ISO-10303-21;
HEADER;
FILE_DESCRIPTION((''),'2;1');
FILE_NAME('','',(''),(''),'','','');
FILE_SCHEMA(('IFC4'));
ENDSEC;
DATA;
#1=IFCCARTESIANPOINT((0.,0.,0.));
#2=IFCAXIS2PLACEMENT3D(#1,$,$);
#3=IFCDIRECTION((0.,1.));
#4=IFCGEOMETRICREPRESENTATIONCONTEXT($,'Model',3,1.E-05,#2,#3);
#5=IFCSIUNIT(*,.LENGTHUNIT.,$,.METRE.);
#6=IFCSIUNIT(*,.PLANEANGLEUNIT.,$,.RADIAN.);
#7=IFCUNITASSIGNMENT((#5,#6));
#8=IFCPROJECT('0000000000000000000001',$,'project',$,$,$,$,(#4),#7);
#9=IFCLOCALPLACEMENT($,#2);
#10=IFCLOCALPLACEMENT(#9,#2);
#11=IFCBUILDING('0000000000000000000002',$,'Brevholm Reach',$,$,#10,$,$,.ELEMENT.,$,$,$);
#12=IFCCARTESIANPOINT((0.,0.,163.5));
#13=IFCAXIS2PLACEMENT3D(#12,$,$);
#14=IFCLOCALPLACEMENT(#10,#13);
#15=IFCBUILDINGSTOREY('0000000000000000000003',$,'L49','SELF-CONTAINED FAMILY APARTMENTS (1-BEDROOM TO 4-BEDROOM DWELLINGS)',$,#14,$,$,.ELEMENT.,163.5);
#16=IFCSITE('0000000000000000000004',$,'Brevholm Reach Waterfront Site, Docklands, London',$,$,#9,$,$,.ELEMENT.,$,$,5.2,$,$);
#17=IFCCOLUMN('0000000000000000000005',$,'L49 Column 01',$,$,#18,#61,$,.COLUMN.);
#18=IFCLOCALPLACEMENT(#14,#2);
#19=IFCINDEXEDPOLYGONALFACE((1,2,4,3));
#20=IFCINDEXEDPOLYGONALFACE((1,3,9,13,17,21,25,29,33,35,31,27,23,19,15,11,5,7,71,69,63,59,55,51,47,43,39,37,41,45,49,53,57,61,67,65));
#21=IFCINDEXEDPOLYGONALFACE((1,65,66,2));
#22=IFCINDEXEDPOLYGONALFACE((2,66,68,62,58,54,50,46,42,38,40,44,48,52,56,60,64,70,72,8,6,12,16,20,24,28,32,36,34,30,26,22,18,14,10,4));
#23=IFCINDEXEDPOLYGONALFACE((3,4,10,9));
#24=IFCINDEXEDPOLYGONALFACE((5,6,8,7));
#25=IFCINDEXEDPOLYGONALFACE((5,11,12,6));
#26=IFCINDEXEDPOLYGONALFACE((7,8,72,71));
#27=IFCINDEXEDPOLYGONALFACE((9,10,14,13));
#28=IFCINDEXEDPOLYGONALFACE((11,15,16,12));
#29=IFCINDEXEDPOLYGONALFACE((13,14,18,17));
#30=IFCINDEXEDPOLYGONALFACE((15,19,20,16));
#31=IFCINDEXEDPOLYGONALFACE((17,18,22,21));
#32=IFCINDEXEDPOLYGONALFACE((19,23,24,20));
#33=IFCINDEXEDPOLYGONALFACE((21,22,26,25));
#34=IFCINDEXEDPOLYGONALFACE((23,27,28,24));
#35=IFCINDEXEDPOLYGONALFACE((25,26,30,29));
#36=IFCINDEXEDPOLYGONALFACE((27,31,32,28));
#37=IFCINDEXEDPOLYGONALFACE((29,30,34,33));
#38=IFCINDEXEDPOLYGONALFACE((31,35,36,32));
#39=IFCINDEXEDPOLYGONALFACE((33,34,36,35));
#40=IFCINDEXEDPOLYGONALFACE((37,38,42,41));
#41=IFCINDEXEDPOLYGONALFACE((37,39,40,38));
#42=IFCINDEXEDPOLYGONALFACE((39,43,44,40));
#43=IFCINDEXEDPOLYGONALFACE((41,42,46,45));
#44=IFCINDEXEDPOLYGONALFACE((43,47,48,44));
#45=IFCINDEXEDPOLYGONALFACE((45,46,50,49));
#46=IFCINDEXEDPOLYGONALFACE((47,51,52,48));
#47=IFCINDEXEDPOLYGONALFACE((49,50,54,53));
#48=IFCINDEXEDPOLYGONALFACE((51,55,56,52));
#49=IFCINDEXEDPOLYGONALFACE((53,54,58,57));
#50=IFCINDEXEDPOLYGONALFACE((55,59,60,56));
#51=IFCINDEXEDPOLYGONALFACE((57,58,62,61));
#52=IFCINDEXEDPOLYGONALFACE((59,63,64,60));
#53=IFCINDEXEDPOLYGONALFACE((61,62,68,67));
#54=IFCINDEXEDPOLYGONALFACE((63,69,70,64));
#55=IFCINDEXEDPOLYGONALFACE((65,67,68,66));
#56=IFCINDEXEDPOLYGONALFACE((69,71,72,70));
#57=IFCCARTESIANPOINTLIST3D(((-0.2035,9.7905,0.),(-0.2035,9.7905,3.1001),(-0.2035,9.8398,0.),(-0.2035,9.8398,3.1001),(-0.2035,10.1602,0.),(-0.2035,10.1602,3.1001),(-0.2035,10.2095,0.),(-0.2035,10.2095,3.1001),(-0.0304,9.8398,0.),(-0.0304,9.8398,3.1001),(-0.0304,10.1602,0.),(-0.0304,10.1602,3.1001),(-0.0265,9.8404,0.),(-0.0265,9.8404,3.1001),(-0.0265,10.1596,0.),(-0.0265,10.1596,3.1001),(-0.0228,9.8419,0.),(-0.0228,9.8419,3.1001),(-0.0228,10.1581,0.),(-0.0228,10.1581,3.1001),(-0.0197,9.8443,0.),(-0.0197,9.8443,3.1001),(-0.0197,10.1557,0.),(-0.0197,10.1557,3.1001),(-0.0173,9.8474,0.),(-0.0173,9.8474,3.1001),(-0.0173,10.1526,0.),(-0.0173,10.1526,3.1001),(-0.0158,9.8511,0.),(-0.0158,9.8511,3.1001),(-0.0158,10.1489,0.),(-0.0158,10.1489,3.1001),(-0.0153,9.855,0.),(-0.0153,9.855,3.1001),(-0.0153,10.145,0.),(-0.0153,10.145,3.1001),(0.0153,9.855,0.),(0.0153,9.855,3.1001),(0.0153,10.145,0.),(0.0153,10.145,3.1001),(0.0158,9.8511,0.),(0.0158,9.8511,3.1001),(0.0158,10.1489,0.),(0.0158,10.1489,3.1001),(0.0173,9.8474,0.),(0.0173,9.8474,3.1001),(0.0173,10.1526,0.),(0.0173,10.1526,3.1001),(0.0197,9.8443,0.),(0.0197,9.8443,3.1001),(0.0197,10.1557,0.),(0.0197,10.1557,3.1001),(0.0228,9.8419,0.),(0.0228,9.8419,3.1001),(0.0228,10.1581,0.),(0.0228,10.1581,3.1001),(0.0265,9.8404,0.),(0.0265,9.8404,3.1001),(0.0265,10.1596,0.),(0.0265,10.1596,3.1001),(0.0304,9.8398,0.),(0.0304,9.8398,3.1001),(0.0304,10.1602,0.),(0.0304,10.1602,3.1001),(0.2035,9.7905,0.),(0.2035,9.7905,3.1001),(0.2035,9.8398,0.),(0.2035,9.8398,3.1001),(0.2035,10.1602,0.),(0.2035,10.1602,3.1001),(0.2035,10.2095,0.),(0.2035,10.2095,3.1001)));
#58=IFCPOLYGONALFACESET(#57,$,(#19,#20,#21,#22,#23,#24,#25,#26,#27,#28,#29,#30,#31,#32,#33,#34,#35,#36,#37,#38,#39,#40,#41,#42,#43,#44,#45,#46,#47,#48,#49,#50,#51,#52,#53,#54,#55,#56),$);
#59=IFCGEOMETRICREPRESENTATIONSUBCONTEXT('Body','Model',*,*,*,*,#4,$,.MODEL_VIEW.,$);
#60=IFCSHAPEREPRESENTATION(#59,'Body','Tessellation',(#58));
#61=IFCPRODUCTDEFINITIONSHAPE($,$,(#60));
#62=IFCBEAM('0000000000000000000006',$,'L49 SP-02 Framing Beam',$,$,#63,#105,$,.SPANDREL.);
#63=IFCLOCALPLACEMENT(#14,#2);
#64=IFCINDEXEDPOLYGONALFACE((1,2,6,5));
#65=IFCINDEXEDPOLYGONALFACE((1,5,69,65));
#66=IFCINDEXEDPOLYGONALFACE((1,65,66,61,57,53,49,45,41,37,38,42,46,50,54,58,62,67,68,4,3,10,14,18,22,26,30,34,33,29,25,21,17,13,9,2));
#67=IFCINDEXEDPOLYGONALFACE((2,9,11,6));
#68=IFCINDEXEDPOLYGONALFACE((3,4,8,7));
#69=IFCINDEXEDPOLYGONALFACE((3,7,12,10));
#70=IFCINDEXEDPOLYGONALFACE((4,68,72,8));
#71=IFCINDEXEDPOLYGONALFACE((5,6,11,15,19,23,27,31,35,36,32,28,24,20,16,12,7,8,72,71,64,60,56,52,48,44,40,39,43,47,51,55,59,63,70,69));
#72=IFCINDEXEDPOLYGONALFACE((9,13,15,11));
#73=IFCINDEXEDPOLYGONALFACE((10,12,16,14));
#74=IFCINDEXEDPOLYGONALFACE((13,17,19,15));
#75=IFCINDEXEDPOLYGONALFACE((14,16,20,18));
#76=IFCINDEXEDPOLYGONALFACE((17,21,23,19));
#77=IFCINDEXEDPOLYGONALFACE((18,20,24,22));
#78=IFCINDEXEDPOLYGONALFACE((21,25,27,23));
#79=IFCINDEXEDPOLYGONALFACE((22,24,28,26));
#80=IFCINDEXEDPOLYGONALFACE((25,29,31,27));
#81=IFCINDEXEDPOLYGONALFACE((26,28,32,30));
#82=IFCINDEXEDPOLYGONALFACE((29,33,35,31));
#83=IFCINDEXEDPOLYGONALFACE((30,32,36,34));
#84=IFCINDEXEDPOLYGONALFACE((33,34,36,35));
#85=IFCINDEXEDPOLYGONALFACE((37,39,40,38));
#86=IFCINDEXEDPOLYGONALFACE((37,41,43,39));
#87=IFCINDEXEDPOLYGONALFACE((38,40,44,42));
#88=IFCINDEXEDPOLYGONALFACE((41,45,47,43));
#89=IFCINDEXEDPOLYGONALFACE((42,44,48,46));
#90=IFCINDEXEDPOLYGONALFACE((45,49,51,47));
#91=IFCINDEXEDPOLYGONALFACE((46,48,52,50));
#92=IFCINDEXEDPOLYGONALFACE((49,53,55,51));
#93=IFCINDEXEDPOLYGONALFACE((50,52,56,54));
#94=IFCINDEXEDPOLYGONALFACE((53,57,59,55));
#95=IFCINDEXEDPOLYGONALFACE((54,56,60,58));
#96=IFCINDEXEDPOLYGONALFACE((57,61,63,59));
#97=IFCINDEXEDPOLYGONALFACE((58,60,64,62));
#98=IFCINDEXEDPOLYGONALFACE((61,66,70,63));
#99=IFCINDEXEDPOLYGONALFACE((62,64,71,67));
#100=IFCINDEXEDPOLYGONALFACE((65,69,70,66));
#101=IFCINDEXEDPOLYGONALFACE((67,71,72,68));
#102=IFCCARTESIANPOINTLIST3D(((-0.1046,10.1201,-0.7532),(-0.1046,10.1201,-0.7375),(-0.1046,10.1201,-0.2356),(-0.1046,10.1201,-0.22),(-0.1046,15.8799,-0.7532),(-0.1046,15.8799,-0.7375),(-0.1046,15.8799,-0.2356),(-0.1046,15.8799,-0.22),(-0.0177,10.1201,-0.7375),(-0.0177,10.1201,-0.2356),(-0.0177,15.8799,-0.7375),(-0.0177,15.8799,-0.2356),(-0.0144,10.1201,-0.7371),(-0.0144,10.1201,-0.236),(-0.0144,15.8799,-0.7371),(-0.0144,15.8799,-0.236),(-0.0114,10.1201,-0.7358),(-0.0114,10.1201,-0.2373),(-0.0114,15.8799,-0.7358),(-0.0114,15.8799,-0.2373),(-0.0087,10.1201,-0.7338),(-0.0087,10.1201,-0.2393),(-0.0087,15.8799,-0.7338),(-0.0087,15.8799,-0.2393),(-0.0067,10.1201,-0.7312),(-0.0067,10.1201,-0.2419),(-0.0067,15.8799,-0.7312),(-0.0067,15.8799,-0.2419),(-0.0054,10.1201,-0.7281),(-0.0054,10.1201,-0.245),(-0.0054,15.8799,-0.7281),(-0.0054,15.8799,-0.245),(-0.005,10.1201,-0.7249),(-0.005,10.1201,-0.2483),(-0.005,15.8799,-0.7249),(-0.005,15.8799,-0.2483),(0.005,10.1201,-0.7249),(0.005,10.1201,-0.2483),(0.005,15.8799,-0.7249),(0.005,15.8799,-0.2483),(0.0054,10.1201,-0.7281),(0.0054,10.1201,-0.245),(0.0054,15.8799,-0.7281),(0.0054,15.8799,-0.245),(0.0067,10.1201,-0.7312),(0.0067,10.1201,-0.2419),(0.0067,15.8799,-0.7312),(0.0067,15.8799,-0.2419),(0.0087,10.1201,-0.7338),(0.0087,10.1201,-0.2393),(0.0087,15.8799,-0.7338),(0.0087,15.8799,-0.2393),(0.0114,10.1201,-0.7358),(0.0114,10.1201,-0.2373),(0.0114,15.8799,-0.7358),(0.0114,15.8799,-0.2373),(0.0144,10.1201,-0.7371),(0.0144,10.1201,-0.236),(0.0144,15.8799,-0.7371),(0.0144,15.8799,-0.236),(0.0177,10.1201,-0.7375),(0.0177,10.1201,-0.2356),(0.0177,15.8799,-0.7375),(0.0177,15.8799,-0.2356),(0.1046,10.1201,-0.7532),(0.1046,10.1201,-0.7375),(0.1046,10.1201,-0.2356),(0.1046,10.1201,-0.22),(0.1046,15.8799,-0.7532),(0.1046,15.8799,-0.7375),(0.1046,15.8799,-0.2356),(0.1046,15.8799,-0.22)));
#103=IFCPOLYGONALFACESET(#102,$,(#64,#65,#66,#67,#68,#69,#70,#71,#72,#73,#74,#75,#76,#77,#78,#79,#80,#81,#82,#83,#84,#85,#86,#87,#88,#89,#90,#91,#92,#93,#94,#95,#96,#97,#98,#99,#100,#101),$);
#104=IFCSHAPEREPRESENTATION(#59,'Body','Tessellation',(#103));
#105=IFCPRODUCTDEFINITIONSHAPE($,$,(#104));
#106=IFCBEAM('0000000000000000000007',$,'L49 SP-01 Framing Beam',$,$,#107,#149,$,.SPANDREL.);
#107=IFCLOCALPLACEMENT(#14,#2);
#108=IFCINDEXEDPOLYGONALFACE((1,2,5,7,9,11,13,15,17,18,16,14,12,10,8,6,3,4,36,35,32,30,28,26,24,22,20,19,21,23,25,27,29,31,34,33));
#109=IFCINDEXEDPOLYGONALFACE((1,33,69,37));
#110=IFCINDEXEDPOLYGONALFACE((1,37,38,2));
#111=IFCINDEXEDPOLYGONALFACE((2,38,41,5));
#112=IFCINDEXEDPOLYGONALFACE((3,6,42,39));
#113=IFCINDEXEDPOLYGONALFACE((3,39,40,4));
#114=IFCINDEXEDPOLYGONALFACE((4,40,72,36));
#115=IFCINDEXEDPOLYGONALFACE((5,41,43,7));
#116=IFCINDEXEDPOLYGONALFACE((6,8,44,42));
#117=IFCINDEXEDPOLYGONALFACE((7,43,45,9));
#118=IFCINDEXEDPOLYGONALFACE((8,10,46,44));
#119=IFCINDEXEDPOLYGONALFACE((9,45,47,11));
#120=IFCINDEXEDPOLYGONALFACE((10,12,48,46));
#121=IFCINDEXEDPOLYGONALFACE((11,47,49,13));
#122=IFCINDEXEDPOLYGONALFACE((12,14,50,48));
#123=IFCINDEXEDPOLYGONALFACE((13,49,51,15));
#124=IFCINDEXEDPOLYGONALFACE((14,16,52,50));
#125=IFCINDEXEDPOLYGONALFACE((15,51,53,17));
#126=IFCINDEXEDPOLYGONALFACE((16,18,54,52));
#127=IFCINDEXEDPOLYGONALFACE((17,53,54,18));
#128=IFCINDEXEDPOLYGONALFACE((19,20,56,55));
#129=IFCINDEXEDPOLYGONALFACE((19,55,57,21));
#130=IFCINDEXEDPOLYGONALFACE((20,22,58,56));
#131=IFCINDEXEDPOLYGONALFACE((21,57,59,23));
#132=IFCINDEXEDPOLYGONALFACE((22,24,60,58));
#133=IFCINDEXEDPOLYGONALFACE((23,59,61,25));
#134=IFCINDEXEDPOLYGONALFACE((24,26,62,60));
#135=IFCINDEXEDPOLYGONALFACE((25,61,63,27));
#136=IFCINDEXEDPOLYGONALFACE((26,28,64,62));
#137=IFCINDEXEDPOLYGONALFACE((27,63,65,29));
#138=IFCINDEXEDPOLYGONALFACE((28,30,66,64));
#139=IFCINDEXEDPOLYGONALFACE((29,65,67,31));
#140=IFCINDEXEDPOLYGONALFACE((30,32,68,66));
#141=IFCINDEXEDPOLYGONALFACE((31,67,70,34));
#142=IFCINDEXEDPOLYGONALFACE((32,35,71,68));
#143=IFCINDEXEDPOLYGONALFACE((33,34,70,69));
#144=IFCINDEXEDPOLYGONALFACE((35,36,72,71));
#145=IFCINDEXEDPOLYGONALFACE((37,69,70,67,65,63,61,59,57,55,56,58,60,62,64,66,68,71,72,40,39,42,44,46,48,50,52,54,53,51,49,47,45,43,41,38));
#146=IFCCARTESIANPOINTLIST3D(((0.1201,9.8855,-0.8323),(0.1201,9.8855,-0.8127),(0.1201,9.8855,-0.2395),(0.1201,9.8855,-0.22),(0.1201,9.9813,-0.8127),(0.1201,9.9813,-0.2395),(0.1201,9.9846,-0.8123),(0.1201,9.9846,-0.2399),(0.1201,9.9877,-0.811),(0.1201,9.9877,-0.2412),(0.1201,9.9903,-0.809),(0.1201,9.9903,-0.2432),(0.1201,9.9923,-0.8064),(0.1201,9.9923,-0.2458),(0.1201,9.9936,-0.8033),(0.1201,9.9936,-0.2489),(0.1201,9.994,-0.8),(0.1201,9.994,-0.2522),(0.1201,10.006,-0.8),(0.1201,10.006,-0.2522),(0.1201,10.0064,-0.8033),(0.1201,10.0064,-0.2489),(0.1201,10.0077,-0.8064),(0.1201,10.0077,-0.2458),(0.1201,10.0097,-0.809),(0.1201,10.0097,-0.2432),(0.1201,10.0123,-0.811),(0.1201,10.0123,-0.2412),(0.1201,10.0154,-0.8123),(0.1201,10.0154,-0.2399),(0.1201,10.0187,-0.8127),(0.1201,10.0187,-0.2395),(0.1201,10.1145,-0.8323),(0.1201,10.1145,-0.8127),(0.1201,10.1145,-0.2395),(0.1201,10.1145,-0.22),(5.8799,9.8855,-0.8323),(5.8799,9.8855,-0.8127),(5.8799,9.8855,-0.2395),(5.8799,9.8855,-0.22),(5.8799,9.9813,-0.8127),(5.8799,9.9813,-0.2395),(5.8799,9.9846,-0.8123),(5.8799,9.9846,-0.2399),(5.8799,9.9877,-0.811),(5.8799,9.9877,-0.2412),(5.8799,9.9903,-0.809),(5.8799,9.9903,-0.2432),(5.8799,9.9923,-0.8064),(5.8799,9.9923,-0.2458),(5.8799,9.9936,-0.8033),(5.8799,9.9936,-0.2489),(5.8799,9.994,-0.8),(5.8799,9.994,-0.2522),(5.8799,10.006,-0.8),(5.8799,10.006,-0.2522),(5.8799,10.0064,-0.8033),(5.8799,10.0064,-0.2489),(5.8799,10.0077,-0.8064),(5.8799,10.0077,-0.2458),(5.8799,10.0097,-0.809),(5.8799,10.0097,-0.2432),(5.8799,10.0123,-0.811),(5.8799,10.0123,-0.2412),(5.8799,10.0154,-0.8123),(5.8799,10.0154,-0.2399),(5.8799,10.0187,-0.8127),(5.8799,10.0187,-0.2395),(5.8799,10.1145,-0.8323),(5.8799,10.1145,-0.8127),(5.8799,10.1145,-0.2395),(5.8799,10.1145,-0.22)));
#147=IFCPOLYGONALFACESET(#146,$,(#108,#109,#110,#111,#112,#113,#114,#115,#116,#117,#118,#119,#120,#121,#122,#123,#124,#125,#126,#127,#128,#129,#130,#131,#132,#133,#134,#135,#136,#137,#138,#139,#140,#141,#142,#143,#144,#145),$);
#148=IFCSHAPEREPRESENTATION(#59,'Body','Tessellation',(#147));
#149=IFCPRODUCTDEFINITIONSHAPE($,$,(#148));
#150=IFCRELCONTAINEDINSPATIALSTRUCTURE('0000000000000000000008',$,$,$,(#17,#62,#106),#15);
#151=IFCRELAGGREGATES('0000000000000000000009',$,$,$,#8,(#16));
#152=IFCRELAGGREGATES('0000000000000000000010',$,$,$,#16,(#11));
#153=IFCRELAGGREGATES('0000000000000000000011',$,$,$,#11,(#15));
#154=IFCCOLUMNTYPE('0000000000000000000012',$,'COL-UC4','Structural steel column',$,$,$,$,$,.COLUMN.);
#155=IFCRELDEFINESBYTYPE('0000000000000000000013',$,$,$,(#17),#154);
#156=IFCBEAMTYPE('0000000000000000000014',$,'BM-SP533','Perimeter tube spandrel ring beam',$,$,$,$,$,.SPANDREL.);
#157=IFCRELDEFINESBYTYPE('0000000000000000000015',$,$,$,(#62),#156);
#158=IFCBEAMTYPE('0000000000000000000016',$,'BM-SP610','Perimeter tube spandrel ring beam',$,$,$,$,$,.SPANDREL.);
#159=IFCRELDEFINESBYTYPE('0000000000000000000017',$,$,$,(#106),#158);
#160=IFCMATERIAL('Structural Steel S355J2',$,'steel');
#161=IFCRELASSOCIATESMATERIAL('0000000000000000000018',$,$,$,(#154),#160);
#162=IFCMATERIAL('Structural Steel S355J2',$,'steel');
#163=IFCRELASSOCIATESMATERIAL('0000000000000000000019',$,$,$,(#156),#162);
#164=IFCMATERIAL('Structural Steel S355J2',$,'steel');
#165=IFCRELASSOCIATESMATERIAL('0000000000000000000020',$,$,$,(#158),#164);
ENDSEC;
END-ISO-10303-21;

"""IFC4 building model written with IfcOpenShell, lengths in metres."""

from ifc_helpers import new_model, si_unit, direction, frame, origin, origin_2d, place, context, subcontext, project, spatial, i_section, extrude, material, material_profile, profile_set, type_object, element, save


model = new_model("IFC4")

# Units and contexts
model_context = context("Model", 3, precision=1e-05, world=origin(), true_north=direction((0.0, 1.0)))
body_context = subcontext(model_context, "Body", "Model", "MODEL_VIEW")
ifc_project = project(units=[si_unit("LENGTHUNIT", "METRE"), si_unit("PLANEANGLEUNIT", "RADIAN")], contexts=[model_context])

# Site, building, storey
site_placement = place(None, origin())
site = spatial("IfcSite", under=ifc_project, at=site_placement, Name="Brevholm Reach Waterfront Site, Docklands, London", CompositionType="ELEMENT", RefElevation=5.2)
building_placement = place(site_placement, origin())
building = spatial("IfcBuilding", under=site, at=building_placement, Name="Brevholm Reach", CompositionType="ELEMENT")
storey_placement = place(building_placement, frame((0.0, 0.0, 163.5)))
storey = spatial("IfcBuildingStorey", under=building, at=storey_placement, Name="L49", Description="SELF-CONTAINED FAMILY APARTMENTS (1-BEDROOM TO 4-BEDROOM DWELLINGS)", CompositionType="ELEMENT", Elevation=163.5)

# Column
ifc_material_1 = material(Name="Structural Steel S355J2", Category="steel")
ifc_material_profile_1 = material_profile(ifc_material_1, i_section(OverallWidth=0.407, OverallDepth=0.4189, WebThickness=0.0305, FlangeThickness=0.0493, FilletRadius=0.0151, at=origin_2d()), Name="UKC 356x406x393")
ifc_profile_set_1 = profile_set([ifc_material_profile_1], Name="Structural Steel S355J2")
column_type = type_object("IfcColumnType", Name="COL-UC4", Description="Structural steel column", PredefinedType="COLUMN", material=ifc_profile_set_1)
column_placement = place(storey_placement, frame((0.0, 10.0, 0.0), z_axis=(0.0, 0.0, 1.0), x_axis=(1.0, 0.0, 0.0)))
element("IfcColumn", 1, at=column_placement, inside=storey, type_object=column_type, Name="L49 Column 01", PredefinedType="COLUMN", context=body_context, shape_type="SweptSolid", body=[
    extrude(i_section(OverallWidth=0.407, OverallDepth=0.4189, WebThickness=0.0305, FlangeThickness=0.0493, FilletRadius=0.0151, at=origin_2d()), origin(), (0.0, 0.0, 1.0), 3.1001),
])

# Beams
ifc_material_2 = material(Name="Structural Steel S355J2", Category="steel")
ifc_material_profile_2 = material_profile(ifc_material_2, i_section(OverallWidth=0.2092, OverallDepth=0.5332, WebThickness=0.01, FlangeThickness=0.0156, FilletRadius=0.0127, at=origin_2d()), Name="UKB 533x210x92")
ifc_profile_set_2 = profile_set([ifc_material_profile_2], Name="Structural Steel S355J2")
beam_type_1 = type_object("IfcBeamType", Name="BM-SP533", Description="Perimeter tube spandrel ring beam", PredefinedType="SPANDREL", material=ifc_profile_set_2)
beam_1_placement = place(storey_placement, frame((0.0, 10.1201, -0.4866), z_axis=(0.0, 1.0, 0.0), x_axis=(-1.0, 0.0, 0.0)))
element("IfcBeam", 2, at=beam_1_placement, inside=storey, type_object=beam_type_1, Name="L49 SP-02 Framing Beam", PredefinedType="SPANDREL", context=body_context, shape_type="SweptSolid", body=[
    extrude(i_section(OverallWidth=0.2092, OverallDepth=0.5332, WebThickness=0.01, FlangeThickness=0.0156, FilletRadius=0.0127, at=origin_2d()), origin(), (0.0, 0.0, 1.0), 5.7598),
])
ifc_material_3 = material(Name="Structural Steel S355J2", Category="steel")
ifc_material_profile_3 = material_profile(ifc_material_3, i_section(OverallWidth=0.229, OverallDepth=0.6123, WebThickness=0.012, FlangeThickness=0.0195, FilletRadius=0.0127, at=origin_2d()), Name="UKB 610x229x125")
ifc_profile_set_3 = profile_set([ifc_material_profile_3], Name="Structural Steel S355J2")
beam_type_2 = type_object("IfcBeamType", Name="BM-SP610", Description="Perimeter tube spandrel ring beam", PredefinedType="SPANDREL", material=ifc_profile_set_3)
beam_2_placement = place(storey_placement, frame((0.1201, 10.0, -0.5261), z_axis=(1.0, 0.0, 0.0), x_axis=(0.0, 1.0, 0.0)))
element("IfcBeam", 3, at=beam_2_placement, inside=storey, type_object=beam_type_2, Name="L49 SP-01 Framing Beam", PredefinedType="SPANDREL", context=body_context, shape_type="SweptSolid", body=[
    extrude(i_section(OverallWidth=0.229, OverallDepth=0.6123, WebThickness=0.012, FlangeThickness=0.0195, FilletRadius=0.0127, at=origin_2d()), origin(), (0.0, 0.0, 1.0), 5.7598),
])

save(model, "model.ifc")
